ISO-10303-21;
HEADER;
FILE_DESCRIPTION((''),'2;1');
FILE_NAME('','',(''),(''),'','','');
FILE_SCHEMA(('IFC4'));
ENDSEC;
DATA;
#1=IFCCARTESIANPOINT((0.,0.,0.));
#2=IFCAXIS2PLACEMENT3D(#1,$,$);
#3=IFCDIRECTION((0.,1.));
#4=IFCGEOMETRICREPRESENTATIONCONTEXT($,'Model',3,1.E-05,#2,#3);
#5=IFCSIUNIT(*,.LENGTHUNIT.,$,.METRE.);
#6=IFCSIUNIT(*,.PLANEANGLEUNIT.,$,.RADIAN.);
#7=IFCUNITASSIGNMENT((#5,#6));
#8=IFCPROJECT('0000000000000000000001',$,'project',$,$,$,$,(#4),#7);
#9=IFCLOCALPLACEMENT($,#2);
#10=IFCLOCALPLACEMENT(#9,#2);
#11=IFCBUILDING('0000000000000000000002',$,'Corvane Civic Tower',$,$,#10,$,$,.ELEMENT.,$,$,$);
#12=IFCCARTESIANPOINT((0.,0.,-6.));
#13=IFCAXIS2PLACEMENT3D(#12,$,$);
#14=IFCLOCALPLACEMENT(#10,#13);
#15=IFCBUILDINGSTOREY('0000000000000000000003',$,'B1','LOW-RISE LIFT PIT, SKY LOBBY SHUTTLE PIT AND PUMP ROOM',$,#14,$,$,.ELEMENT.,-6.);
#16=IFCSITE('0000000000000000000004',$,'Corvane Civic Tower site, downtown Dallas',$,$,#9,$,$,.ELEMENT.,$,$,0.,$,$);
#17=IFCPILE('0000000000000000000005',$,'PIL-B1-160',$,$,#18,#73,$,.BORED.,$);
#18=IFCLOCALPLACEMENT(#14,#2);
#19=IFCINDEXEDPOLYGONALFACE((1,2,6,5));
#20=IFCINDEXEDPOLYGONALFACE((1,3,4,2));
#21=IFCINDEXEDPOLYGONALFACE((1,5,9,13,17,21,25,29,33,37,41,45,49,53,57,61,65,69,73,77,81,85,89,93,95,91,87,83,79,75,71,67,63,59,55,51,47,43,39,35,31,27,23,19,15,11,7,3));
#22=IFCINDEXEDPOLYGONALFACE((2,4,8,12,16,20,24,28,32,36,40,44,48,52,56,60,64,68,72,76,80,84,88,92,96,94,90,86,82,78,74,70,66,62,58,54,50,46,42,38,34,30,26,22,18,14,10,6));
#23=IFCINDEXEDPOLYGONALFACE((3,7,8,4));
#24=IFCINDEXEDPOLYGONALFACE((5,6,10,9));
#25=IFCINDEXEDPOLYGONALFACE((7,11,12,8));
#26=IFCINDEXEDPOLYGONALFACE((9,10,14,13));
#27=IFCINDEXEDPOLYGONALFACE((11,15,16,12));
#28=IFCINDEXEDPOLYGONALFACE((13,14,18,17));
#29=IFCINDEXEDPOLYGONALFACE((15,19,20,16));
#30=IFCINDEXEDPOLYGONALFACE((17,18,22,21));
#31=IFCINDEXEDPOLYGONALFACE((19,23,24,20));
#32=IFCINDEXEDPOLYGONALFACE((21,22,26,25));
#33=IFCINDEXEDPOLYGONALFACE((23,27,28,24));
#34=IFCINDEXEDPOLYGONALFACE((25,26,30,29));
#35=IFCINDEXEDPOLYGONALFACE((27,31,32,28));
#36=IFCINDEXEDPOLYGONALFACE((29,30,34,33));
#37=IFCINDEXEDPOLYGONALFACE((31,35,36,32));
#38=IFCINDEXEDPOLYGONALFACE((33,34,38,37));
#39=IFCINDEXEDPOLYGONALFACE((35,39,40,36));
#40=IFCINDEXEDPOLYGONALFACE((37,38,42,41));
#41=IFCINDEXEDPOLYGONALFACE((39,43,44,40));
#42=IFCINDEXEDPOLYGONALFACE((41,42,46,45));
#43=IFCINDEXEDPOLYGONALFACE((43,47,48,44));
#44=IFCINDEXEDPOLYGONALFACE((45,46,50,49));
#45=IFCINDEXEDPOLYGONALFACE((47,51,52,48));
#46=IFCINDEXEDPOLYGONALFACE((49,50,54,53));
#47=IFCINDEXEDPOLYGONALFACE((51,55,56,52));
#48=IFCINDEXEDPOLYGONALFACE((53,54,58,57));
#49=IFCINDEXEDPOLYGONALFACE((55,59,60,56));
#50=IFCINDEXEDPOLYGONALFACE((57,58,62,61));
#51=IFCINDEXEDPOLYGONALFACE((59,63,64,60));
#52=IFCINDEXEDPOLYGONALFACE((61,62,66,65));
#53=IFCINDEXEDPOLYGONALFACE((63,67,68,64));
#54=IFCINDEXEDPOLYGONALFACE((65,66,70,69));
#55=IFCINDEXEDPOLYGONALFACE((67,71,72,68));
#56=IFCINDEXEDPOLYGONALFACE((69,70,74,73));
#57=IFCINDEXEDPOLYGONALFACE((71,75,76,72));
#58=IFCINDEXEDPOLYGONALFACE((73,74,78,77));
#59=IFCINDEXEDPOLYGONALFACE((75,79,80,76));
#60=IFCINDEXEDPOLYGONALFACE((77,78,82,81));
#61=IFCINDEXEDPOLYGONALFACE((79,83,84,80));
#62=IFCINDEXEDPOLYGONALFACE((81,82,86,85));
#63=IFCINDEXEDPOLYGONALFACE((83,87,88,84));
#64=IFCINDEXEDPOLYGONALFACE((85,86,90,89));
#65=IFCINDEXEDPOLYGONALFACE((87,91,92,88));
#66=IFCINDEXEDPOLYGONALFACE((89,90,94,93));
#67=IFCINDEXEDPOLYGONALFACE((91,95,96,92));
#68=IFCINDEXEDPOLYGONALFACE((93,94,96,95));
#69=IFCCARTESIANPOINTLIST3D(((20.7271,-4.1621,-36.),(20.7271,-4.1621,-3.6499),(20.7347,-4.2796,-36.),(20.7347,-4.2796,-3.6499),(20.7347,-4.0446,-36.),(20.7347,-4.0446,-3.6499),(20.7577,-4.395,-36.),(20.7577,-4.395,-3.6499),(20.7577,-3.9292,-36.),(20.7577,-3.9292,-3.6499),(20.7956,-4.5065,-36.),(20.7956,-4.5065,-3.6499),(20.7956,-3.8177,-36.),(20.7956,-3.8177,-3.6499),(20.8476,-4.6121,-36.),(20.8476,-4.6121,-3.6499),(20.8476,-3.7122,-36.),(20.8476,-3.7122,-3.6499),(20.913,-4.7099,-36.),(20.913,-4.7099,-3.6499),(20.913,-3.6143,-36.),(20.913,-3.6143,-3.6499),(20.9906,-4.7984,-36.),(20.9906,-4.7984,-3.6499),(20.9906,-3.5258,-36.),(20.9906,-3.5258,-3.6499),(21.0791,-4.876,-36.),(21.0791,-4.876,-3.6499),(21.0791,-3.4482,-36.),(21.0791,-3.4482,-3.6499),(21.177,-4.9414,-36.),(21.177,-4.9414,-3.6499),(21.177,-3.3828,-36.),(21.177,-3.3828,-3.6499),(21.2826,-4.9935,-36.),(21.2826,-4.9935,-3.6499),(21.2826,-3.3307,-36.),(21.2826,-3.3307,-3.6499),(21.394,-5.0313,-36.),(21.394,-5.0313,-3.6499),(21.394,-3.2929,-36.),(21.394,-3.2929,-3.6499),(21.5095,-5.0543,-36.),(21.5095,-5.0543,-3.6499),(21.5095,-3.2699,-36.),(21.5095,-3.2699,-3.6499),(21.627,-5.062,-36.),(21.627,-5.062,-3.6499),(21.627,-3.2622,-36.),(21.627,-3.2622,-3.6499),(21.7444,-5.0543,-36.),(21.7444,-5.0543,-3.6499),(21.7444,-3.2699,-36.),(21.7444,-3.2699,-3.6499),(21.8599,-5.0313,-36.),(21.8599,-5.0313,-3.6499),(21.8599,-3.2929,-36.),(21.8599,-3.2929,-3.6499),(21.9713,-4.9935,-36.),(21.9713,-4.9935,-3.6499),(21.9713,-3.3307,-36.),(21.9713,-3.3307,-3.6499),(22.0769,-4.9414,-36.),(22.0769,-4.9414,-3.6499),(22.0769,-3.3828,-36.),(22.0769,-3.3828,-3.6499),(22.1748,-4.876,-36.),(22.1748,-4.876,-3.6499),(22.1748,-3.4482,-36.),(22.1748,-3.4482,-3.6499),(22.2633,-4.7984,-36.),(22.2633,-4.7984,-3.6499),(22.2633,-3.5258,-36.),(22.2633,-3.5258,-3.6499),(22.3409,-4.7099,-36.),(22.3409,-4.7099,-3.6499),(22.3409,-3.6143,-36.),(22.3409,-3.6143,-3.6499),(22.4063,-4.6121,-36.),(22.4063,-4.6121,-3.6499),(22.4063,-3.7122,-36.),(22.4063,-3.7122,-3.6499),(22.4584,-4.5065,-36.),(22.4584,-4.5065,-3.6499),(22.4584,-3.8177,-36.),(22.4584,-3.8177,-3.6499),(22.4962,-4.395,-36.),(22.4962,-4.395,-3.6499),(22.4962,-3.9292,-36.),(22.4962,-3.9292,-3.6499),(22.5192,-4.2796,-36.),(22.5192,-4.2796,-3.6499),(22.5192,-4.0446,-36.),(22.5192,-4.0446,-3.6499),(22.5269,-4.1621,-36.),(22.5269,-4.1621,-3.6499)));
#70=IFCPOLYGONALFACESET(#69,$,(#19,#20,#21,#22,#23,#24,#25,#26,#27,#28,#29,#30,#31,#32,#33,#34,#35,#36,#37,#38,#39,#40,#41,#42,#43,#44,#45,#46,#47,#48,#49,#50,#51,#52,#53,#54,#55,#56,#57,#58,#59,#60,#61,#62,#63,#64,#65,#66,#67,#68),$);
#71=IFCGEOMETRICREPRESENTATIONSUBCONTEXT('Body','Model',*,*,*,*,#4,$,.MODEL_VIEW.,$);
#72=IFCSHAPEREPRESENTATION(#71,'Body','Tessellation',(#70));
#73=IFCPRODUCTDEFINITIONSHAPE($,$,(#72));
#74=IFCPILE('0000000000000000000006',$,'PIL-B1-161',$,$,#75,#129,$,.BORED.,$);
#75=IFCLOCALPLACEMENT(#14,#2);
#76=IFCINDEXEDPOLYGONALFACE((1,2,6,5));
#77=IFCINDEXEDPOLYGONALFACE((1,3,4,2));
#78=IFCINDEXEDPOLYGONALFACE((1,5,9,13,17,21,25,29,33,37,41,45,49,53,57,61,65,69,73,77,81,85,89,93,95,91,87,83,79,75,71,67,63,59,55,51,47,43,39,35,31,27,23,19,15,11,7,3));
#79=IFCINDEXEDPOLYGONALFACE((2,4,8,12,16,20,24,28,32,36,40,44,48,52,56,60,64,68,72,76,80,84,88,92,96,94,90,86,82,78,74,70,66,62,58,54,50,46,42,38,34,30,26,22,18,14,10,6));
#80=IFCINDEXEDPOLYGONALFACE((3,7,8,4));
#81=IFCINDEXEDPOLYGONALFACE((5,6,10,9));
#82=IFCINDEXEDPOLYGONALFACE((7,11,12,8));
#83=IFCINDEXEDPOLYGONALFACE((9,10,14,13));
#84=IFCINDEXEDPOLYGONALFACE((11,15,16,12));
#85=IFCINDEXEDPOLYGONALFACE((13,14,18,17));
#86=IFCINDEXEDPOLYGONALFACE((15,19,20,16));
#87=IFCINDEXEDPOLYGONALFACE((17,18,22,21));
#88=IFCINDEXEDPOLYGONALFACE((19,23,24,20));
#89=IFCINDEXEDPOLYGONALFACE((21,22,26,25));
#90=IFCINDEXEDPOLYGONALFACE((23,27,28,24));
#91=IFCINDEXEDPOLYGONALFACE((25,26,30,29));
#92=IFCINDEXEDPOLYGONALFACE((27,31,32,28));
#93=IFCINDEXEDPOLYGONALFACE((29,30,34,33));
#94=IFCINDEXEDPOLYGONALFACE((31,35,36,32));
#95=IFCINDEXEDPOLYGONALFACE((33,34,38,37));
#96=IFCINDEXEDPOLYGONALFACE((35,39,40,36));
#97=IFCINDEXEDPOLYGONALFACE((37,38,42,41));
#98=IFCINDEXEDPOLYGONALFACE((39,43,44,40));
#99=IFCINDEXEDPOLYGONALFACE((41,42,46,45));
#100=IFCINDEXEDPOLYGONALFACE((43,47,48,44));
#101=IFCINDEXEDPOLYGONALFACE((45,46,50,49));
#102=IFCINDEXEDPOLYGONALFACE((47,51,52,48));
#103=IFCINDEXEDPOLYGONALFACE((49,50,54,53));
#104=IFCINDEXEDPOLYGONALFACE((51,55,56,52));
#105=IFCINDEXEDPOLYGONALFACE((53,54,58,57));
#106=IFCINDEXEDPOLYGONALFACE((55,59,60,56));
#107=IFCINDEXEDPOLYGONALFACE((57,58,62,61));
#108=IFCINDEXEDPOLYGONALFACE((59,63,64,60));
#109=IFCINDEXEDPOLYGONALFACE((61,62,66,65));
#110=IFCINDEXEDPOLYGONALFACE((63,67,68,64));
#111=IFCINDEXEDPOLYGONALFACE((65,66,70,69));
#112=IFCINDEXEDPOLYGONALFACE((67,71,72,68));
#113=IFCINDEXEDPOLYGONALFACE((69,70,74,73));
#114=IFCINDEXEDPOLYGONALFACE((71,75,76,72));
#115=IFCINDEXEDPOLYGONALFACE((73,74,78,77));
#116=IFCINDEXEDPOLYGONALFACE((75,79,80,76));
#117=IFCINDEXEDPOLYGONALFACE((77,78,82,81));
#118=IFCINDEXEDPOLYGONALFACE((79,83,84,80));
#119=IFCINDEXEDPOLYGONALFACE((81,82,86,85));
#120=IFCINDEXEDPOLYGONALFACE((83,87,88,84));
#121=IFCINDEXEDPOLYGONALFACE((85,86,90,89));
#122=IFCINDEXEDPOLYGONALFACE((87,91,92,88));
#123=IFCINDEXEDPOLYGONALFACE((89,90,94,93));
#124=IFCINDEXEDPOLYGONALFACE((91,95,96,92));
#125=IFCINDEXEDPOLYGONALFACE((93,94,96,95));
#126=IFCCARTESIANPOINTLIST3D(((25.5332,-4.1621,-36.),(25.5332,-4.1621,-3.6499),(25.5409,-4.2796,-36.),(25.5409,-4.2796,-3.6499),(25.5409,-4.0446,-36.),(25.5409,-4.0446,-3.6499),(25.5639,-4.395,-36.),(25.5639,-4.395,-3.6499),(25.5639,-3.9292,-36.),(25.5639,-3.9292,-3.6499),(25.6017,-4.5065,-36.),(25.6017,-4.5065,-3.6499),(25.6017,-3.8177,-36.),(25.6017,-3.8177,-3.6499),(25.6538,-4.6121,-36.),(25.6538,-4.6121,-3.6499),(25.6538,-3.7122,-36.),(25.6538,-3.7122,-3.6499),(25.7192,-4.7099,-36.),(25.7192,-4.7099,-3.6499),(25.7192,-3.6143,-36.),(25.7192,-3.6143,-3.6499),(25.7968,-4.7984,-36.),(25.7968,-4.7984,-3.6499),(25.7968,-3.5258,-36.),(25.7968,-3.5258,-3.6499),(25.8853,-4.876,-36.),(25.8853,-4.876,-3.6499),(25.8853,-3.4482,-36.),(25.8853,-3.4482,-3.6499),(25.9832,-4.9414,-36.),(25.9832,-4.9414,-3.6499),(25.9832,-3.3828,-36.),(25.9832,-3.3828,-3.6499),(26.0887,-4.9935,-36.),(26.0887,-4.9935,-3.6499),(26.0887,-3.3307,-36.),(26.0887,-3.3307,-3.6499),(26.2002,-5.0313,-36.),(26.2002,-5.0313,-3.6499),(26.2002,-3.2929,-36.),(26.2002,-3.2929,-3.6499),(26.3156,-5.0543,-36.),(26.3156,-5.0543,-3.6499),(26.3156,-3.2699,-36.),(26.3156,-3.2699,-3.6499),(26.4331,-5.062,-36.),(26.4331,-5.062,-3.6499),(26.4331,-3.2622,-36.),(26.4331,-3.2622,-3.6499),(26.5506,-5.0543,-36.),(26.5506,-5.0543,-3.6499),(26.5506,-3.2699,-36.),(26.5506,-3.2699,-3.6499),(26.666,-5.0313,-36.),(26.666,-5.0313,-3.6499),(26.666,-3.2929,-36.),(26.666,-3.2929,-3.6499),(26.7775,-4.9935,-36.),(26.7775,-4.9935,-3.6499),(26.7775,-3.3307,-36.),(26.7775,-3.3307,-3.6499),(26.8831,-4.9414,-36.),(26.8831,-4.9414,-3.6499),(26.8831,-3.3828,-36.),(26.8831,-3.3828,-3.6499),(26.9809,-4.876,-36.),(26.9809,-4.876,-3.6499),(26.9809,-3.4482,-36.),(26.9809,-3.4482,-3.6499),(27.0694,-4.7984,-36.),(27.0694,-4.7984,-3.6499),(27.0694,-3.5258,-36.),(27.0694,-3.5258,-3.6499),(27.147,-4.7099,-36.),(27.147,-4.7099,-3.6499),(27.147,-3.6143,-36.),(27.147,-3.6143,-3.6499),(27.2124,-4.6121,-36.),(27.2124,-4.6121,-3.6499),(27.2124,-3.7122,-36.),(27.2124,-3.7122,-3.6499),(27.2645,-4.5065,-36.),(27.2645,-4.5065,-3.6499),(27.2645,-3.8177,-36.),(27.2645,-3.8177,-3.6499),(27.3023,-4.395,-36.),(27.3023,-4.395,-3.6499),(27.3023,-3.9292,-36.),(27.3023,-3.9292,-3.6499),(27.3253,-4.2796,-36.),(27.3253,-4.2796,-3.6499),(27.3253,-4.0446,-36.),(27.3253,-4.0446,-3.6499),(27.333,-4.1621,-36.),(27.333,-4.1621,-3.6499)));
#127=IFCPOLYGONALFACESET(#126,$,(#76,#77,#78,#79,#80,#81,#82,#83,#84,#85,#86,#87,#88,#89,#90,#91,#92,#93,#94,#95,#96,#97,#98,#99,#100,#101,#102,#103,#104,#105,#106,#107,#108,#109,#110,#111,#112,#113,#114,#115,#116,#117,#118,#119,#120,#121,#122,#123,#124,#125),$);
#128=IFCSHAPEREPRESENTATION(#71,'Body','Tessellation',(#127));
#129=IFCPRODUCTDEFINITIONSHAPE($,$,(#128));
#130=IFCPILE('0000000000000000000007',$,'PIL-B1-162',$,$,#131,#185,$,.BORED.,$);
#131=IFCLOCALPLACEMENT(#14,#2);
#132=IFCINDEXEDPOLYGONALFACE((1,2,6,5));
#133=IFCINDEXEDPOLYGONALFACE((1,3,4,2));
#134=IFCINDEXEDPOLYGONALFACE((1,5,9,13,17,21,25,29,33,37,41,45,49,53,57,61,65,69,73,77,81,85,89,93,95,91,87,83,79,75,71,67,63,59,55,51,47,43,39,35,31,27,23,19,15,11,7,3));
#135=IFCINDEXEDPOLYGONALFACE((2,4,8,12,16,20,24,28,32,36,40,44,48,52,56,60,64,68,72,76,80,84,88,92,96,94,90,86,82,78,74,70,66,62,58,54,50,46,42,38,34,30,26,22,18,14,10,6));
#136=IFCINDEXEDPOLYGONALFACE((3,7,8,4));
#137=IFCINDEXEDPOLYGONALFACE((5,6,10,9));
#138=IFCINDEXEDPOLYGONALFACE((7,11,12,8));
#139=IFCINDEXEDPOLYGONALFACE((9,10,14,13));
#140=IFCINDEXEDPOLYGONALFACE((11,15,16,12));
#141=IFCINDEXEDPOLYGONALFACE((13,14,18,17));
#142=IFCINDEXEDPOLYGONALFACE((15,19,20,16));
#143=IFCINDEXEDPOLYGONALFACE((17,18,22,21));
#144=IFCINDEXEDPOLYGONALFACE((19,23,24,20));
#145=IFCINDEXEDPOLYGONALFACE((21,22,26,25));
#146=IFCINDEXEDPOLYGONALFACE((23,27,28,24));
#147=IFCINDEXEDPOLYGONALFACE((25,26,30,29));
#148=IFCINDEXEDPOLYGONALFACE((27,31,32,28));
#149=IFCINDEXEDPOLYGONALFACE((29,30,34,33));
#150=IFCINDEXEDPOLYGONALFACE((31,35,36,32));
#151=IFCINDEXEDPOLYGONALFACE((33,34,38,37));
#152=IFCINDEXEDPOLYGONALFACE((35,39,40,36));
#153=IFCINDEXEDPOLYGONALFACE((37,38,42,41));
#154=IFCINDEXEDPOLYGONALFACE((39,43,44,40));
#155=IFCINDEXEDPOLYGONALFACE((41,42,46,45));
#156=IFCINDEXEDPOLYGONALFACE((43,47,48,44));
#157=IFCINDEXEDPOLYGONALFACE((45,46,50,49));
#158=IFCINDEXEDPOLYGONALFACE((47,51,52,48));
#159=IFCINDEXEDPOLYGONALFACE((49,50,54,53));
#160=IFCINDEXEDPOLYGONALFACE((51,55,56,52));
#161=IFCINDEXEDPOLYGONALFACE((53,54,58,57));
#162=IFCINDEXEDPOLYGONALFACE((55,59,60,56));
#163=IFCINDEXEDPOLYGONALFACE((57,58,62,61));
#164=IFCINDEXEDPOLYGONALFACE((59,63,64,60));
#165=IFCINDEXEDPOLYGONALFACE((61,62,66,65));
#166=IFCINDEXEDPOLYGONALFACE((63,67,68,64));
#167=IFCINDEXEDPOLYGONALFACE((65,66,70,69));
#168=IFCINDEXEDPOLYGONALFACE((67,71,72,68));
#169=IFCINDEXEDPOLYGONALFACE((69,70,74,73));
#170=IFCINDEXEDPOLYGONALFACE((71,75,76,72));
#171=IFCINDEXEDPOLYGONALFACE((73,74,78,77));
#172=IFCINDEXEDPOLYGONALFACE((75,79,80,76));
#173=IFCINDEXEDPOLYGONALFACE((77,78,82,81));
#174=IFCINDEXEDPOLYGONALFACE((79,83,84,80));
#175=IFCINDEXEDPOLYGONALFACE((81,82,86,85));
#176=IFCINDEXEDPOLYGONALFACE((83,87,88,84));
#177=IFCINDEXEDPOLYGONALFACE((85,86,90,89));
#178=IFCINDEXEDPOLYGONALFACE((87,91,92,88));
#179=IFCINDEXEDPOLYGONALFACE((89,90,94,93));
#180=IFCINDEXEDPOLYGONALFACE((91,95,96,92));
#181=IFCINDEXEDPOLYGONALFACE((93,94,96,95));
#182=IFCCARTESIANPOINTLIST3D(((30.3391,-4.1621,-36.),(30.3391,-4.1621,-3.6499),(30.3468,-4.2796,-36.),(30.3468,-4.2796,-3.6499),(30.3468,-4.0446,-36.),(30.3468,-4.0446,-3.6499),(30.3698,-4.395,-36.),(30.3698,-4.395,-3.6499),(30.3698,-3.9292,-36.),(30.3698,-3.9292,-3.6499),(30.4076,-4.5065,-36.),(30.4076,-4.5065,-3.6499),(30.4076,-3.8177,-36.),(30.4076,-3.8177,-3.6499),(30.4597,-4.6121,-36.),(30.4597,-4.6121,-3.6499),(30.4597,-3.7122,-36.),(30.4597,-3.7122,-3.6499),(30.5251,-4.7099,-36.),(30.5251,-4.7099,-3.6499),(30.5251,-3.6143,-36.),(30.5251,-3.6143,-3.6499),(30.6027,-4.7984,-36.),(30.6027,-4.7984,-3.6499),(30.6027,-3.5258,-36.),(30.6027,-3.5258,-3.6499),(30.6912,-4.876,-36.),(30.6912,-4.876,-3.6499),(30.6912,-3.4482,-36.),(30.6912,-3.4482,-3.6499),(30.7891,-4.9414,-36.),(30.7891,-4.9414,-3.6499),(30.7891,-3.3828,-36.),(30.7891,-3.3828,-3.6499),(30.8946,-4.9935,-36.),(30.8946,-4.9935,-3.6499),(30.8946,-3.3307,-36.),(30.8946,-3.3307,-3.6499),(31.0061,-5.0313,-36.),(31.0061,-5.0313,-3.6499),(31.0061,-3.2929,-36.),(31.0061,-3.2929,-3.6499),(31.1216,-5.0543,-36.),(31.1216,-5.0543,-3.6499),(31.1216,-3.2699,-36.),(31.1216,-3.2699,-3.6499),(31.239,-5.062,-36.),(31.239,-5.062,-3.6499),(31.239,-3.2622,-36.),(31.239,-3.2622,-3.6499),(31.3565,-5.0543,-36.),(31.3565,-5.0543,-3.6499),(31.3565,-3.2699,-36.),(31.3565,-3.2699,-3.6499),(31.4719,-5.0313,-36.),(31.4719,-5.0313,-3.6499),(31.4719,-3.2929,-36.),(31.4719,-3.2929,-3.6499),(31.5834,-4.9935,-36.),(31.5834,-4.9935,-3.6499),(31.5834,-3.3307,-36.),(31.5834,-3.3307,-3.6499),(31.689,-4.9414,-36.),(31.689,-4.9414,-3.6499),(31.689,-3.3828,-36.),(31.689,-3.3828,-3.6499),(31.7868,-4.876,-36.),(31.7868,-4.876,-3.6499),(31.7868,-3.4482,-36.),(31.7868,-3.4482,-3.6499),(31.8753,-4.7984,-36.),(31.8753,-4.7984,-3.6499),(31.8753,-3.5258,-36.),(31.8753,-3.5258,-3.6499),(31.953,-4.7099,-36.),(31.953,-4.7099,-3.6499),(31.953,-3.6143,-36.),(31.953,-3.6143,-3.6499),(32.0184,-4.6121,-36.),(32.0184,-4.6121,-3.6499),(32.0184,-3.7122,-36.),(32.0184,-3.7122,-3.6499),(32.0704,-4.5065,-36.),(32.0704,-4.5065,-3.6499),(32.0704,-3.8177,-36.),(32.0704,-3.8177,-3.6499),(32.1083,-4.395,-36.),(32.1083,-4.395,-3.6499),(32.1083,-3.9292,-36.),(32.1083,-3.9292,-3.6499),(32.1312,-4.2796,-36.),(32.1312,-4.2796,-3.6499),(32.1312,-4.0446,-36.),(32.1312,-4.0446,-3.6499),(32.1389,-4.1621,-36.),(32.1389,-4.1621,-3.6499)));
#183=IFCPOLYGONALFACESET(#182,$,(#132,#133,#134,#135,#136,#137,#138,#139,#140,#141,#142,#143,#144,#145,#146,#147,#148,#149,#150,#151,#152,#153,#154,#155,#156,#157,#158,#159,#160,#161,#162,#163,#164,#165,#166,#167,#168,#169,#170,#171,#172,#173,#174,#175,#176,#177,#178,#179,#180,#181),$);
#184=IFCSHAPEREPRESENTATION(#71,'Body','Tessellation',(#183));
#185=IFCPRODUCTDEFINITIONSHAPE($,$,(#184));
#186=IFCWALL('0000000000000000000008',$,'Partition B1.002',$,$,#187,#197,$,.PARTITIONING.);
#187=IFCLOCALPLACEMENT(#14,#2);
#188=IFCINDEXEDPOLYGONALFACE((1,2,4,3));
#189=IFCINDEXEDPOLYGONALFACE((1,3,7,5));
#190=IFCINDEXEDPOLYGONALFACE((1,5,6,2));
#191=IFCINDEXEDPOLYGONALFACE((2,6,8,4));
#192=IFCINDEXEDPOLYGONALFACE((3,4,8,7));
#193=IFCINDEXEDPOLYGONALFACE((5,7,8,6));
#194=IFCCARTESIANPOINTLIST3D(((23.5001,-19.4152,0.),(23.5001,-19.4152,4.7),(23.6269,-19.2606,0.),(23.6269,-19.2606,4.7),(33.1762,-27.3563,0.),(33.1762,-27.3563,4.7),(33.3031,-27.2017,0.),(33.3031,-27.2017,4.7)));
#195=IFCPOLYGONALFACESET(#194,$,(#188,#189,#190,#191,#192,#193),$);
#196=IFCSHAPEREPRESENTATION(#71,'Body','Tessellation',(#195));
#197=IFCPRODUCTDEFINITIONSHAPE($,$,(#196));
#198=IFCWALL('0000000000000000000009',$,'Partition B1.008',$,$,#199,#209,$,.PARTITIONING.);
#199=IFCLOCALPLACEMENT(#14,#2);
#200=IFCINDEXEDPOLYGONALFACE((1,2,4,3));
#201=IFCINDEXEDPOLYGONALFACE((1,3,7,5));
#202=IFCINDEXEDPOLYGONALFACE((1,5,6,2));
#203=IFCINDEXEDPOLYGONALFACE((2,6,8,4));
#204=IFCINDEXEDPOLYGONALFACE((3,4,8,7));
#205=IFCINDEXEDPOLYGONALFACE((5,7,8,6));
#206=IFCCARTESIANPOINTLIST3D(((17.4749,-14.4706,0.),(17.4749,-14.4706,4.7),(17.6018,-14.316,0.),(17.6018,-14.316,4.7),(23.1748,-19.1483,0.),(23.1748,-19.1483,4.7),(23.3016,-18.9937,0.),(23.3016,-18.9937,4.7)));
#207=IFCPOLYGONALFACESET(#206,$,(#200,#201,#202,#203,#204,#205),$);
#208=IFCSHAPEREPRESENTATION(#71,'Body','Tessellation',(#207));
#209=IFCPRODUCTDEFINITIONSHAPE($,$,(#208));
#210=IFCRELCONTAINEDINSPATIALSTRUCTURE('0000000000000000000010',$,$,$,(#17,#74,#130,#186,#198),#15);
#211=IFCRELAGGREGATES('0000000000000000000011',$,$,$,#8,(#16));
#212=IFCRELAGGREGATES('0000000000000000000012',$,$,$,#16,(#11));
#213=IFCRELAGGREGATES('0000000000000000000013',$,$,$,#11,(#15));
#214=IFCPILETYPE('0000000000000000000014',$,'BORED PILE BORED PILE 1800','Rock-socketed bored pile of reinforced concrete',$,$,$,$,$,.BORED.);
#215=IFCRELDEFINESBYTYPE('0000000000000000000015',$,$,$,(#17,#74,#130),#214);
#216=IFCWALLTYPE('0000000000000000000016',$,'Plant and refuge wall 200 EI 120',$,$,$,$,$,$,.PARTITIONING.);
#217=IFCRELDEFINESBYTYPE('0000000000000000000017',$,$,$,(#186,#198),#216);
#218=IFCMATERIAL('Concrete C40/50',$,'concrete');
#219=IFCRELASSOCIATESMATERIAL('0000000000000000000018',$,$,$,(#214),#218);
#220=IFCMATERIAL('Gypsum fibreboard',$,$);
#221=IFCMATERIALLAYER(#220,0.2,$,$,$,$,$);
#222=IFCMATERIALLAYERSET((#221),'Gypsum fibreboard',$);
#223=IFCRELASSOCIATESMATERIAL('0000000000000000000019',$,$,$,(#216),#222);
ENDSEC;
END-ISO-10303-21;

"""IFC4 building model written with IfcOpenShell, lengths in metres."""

from ifc_helpers import new_model, si_unit, direction, frame, frame_2d, origin, origin_2d, place, context, subcontext, project, spatial, rectangle, circle, extrude, material, layer, layer_set, material_profile, profile_set, type_object, element, save


model = new_model("IFC4")

# Units and contexts
model_context = context("Model", 3, precision=1e-05, world=origin(), true_north=direction((0.0, 1.0)))
body_context = subcontext(model_context, "Body", "Model", "MODEL_VIEW")
ifc_project = project(units=[si_unit("LENGTHUNIT", "METRE"), si_unit("PLANEANGLEUNIT", "RADIAN")], contexts=[model_context])

# Site, building, storey
site_placement = place(None, origin())
site = spatial("IfcSite", under=ifc_project, at=site_placement, Name="Corvane Civic Tower site, downtown Dallas", CompositionType="ELEMENT", RefElevation=0.0)
building_placement = place(site_placement, origin())
building = spatial("IfcBuilding", under=site, at=building_placement, Name="Corvane Civic Tower", CompositionType="ELEMENT")
storey_placement = place(building_placement, frame((0.0, 0.0, -6.0)))
storey = spatial("IfcBuildingStorey", under=building, at=storey_placement, Name="B1", Description="LOW-RISE LIFT PIT, SKY LOBBY SHUTTLE PIT AND PUMP ROOM", CompositionType="ELEMENT", Elevation=-6.0)

# Piles
ifc_material_1 = material(Name="Concrete C40/50", Category="concrete")
ifc_material_profile = material_profile(ifc_material_1, circle(Radius=0.8999, at=origin_2d()), Name="BORED PILE 1800")
ifc_profile_set = profile_set([ifc_material_profile], Name="Concrete C40/50")
pile_type = type_object("IfcPileType", Name="BORED PILE BORED PILE 1800", Description="Rock-socketed bored pile of reinforced concrete", PredefinedType="BORED", material=ifc_profile_set)
for number, where, z_axis, x_axis, name in (
    (1, (21.627, -4.1621, -3.6499), (0.0, 0.0, -1.0), (1.0, 0.0, 0.0), "PIL-B1-160"),
    (2, (26.4331, -4.1621, -3.6499), (0.0, 0.0, -1.0), (1.0, 0.0, 0.0), "PIL-B1-161"),
    (3, (31.239, -4.1621, -3.6499), (0.0, 0.0, -1.0), (1.0, 0.0, 0.0), "PIL-B1-162"),
):
    element("IfcPile", number, at=place(storey_placement, frame(where, z_axis=z_axis, x_axis=x_axis)), inside=storey, type_object=pile_type, Name=name, PredefinedType="BORED", context=body_context, shape_type="SweptSolid", body=[
        extrude(circle(Radius=0.8999, at=origin_2d()), origin(), (0.0, 0.0, 1.0), 32.3501),
    ])

# Walls
ifc_material_2 = material(Name="Gypsum fibreboard")
ifc_layer_1 = layer(ifc_material_2, 0.2)
ifc_layer_set_1 = layer_set([ifc_layer_1], Name="Gypsum fibreboard")
wall_type_1 = type_object("IfcWallType", Name="Plant and refuge wall 200 EI 120", PredefinedType="PARTITIONING", material=ifc_layer_set_1)
wall_1_placement = place(storey_placement, frame((23.5635, -19.3379, 0.0), z_axis=(0.0, 0.0, 1.0), x_axis=(0.773008, -0.634396, 0.0)))
element("IfcWall", 4, at=wall_1_placement, inside=storey, type_object=wall_type_1, Name="Partition B1.002", PredefinedType="PARTITIONING", context=body_context, shape_type="SweptSolid", body=[
    extrude(rectangle(XDim=12.5176, YDim=0.2, at=frame_2d((6.2588, 0.0))), origin(), (0.0, 0.0, 1.0), 4.7),
])
wall_2_placement = place(storey_placement, frame((17.5383, -14.3933, 0.0), z_axis=(0.0, 0.0, 1.0), x_axis=(0.773017, -0.634386, 0.0)))
element("IfcWall", 5, at=wall_2_placement, inside=storey, type_object=wall_type_1, Name="Partition B1.008", PredefinedType="PARTITIONING", context=body_context, shape_type="SweptSolid", body=[
    extrude(rectangle(XDim=7.3735, YDim=0.2, at=frame_2d((3.6868, 0.0))), origin(), (0.0, 0.0, 1.0), 4.7),
])

save(model, "model.ifc")
